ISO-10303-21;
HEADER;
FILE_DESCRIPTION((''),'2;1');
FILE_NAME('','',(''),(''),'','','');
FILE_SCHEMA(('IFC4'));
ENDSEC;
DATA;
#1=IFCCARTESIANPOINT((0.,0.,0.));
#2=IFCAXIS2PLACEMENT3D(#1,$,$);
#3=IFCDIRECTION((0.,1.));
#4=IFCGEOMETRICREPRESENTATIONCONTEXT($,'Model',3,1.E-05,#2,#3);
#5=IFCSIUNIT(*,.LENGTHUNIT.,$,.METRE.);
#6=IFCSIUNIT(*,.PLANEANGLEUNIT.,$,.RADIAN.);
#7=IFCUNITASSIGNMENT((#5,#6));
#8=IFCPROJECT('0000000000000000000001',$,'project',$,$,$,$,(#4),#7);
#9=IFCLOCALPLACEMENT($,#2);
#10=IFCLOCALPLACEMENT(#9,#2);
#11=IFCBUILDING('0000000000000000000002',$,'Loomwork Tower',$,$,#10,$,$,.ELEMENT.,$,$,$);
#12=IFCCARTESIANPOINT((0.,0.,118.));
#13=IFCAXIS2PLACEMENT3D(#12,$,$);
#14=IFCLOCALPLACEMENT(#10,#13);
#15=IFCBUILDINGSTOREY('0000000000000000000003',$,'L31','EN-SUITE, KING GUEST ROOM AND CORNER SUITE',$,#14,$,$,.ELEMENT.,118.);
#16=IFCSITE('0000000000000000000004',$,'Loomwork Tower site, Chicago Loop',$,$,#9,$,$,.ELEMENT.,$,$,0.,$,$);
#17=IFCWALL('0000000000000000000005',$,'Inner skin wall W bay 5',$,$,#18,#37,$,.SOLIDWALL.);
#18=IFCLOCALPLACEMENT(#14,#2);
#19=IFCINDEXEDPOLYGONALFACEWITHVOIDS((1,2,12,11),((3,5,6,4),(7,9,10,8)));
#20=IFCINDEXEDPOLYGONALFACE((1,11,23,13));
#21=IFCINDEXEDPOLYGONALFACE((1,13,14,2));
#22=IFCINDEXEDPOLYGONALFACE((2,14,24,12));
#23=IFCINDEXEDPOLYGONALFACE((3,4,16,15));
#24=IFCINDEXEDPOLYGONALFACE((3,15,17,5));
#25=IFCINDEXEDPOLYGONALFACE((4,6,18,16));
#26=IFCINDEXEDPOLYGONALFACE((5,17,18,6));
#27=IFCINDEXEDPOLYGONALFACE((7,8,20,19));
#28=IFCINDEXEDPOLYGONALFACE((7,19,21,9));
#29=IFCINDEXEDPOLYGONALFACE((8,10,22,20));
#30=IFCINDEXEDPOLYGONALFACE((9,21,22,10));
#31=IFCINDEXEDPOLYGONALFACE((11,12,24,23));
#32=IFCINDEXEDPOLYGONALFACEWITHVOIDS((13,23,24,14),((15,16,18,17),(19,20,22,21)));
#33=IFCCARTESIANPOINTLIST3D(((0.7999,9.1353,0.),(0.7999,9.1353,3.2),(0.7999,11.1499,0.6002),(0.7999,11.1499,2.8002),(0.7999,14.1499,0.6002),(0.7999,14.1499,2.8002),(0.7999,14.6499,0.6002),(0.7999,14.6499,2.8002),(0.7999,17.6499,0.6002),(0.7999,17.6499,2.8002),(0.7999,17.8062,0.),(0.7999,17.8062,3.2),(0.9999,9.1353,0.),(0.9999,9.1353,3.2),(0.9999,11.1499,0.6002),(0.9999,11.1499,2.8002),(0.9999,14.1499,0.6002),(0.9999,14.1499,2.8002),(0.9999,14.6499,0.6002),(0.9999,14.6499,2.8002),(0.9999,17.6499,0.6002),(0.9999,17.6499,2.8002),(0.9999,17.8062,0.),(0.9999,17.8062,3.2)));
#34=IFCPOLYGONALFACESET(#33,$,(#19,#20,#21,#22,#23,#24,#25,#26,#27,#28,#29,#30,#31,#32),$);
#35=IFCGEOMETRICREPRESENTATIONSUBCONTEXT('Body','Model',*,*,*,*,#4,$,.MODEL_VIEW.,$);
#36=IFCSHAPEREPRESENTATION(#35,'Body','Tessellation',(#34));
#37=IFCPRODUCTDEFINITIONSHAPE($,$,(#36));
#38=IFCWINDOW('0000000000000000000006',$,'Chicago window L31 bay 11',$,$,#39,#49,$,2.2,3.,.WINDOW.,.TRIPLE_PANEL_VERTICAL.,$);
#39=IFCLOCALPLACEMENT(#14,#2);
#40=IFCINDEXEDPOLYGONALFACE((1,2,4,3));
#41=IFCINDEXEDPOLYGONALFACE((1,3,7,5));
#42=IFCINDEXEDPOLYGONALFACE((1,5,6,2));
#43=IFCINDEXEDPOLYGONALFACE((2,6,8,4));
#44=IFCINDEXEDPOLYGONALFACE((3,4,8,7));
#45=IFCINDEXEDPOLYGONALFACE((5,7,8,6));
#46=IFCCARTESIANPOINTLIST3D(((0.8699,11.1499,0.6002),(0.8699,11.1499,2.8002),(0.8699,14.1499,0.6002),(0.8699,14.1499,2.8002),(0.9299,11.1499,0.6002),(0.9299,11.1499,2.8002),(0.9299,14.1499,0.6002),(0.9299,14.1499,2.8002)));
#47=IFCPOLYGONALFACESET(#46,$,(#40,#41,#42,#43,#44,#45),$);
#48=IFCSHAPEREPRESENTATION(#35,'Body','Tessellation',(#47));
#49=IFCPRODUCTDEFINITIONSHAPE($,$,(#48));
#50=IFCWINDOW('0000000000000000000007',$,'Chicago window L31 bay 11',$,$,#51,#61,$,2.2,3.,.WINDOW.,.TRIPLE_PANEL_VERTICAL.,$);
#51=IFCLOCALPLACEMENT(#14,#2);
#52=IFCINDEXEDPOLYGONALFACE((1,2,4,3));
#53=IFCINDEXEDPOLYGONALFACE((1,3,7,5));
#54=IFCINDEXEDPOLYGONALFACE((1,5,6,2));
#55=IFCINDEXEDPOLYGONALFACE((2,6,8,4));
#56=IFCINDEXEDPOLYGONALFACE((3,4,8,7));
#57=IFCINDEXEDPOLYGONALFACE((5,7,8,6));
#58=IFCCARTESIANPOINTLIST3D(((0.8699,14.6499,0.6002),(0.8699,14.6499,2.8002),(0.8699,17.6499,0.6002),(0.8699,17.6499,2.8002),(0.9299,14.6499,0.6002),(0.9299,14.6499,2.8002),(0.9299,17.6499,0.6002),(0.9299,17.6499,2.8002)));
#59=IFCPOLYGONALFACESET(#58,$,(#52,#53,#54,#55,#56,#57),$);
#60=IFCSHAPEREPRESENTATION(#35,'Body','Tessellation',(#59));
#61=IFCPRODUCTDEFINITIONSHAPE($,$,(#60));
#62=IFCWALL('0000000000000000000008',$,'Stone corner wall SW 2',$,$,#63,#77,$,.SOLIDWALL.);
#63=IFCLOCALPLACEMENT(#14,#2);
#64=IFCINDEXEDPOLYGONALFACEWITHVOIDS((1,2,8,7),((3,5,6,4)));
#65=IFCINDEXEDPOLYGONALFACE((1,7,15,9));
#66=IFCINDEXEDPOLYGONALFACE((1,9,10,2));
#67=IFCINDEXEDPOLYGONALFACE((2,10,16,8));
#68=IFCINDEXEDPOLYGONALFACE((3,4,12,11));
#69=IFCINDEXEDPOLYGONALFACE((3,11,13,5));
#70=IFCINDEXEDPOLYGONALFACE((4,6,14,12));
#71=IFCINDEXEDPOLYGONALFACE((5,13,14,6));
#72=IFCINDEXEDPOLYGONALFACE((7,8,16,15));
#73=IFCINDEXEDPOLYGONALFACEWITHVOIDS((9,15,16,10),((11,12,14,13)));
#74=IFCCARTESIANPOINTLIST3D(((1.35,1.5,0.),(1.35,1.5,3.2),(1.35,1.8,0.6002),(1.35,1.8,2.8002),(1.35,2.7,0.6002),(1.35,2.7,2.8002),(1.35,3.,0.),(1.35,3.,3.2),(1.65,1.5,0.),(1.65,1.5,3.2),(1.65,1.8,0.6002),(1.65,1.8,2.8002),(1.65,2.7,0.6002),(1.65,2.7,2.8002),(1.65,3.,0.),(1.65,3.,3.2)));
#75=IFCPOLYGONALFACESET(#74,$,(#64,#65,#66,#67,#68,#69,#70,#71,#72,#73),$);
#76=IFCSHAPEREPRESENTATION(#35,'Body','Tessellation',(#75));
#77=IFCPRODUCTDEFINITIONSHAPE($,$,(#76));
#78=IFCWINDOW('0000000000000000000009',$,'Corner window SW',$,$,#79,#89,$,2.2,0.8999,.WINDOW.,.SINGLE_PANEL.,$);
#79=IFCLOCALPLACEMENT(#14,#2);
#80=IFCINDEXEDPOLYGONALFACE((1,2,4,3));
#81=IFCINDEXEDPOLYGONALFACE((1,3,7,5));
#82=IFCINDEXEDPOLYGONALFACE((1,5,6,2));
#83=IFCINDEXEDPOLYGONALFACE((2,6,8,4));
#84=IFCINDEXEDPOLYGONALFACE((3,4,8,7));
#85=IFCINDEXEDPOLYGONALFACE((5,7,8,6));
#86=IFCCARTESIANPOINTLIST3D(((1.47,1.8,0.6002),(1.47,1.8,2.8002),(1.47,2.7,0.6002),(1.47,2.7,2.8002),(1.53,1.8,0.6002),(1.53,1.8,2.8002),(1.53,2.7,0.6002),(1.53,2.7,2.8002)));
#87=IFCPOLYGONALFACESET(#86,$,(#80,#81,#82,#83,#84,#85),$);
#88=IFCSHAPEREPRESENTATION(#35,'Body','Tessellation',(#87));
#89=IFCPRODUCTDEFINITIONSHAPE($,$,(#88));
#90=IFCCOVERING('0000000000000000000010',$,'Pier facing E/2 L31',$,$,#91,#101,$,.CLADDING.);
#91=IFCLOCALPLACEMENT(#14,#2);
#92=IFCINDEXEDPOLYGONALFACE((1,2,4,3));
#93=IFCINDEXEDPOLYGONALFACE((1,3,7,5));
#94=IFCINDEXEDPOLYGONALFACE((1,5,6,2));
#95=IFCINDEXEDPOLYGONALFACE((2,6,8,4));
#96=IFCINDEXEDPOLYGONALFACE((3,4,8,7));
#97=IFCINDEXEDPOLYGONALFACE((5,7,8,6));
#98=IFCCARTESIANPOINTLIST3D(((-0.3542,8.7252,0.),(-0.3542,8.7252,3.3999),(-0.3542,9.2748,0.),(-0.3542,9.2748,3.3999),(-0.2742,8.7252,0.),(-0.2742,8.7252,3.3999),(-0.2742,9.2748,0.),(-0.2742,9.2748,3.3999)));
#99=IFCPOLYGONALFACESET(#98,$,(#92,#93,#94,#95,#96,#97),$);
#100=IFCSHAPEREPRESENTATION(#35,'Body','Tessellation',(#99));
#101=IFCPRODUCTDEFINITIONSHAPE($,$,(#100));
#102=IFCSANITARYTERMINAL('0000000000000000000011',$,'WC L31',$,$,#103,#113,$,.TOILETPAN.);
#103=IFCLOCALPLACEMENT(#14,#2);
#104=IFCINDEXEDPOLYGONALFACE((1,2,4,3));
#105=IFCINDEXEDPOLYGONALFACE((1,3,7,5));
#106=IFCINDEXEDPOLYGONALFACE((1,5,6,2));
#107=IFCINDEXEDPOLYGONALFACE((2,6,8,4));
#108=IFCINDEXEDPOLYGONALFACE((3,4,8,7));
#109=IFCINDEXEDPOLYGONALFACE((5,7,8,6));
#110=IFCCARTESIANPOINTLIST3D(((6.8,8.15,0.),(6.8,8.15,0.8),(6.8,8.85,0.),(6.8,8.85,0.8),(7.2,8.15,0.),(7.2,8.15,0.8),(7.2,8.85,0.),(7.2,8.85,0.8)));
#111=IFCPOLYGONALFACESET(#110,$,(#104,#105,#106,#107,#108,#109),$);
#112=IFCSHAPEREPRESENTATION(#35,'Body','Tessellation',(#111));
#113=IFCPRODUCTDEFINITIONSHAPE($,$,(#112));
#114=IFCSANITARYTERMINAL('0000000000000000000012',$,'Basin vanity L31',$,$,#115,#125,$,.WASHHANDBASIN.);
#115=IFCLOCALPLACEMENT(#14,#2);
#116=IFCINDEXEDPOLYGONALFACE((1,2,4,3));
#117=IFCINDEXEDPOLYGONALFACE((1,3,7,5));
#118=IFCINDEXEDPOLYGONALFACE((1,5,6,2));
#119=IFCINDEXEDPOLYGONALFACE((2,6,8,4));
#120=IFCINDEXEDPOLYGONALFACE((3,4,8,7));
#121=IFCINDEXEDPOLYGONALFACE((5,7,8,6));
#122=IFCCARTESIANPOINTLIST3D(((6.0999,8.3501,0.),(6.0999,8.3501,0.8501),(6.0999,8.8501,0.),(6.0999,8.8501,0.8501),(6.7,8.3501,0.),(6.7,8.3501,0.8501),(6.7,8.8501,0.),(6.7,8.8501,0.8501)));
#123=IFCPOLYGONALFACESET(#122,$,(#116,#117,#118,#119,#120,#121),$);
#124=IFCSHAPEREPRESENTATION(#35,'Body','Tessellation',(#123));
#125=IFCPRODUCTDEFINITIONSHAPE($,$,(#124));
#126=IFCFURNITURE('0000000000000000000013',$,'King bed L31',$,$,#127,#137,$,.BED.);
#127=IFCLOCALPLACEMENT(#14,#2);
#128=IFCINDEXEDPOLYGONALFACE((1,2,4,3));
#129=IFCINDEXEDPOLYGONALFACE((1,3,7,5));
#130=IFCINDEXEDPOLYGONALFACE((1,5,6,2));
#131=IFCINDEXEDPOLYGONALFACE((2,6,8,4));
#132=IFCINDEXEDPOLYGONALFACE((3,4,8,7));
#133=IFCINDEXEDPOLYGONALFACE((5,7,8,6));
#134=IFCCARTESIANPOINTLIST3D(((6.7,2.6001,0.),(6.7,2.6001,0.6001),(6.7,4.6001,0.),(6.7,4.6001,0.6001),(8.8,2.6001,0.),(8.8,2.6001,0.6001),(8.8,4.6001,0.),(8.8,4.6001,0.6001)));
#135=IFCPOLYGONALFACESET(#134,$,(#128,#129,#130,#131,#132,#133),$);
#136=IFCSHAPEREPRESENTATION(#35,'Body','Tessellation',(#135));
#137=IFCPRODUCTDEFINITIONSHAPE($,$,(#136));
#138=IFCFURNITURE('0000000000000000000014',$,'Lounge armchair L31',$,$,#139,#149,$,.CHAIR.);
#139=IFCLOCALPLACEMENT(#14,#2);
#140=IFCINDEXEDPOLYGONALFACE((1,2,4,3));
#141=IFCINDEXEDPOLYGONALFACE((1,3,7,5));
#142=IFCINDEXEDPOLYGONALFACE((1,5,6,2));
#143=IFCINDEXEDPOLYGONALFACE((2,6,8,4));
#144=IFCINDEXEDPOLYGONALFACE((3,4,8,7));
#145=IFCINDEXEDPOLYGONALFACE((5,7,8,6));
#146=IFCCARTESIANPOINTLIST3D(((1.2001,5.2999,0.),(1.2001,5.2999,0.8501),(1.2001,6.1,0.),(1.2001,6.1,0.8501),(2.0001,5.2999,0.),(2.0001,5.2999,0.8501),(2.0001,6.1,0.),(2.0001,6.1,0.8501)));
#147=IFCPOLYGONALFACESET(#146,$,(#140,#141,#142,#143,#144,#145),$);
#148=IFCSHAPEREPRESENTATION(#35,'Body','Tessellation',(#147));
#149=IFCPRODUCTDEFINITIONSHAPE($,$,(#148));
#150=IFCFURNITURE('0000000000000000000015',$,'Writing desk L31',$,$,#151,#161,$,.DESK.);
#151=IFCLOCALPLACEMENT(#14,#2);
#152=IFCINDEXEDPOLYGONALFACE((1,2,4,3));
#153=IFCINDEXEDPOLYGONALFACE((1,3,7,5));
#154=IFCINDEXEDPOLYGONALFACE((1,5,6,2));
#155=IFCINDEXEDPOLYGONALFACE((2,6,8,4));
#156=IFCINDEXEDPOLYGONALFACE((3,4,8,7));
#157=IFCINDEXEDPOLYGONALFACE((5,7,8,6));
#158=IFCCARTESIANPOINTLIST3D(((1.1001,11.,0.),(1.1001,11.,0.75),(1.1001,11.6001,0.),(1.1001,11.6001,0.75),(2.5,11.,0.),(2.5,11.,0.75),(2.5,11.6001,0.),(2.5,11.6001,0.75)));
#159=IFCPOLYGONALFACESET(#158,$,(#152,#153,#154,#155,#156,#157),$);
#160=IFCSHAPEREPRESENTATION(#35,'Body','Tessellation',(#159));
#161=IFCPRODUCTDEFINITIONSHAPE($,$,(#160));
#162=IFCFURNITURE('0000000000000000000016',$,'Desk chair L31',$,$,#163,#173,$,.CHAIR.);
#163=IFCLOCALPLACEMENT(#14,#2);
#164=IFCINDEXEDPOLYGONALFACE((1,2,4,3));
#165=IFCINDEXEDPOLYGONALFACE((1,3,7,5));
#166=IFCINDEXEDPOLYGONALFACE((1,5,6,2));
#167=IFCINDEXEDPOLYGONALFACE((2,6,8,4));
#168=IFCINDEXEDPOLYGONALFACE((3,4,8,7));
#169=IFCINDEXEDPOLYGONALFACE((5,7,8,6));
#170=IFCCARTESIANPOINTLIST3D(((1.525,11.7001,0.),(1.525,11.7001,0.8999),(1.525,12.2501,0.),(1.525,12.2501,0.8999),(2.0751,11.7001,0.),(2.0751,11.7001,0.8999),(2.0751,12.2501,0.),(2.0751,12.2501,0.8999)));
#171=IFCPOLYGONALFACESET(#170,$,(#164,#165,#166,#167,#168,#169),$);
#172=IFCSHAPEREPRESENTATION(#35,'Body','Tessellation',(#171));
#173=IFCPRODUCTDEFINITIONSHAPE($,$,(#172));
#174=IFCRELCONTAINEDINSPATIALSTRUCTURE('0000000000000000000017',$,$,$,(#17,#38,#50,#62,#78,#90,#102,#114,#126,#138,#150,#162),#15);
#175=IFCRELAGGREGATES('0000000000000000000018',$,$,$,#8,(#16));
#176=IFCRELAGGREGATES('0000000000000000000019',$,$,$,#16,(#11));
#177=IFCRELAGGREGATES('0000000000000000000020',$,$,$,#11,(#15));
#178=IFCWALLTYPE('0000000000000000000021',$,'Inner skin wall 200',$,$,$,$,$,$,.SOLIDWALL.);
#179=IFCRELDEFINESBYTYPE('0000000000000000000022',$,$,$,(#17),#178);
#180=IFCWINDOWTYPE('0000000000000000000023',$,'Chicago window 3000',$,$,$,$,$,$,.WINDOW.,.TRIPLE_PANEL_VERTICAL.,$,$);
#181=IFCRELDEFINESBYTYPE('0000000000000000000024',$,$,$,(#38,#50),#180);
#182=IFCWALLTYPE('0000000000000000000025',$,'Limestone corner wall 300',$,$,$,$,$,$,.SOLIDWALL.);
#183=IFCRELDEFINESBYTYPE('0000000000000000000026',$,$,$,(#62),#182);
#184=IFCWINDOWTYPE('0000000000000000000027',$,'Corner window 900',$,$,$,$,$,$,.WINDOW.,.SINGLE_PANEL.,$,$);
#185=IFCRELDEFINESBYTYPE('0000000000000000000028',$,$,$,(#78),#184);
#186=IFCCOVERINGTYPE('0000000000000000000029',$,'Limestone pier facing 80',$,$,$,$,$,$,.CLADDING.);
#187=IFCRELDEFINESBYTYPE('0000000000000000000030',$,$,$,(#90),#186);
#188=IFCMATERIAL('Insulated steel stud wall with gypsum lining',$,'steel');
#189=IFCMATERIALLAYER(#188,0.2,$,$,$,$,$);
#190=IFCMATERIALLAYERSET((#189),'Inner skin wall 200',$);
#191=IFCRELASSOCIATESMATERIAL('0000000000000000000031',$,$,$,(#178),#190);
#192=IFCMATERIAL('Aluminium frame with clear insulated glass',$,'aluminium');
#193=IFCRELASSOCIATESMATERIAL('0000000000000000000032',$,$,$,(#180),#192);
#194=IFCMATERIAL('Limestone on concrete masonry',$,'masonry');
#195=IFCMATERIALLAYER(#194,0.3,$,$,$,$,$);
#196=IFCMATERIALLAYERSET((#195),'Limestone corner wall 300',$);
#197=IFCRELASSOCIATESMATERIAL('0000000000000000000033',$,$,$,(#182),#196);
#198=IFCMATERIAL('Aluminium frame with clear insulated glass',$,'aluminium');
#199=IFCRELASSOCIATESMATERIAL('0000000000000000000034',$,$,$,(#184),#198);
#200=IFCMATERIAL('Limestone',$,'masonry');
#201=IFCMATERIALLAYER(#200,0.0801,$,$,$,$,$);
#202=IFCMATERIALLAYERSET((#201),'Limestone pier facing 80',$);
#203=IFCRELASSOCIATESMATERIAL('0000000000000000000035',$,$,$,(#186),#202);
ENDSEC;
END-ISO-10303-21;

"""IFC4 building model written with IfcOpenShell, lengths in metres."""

from ifc_helpers import new_model, si_unit, direction, frame, frame_2d, origin, origin_2d, place, context, subcontext, project, spatial, rectangle, extrude, material, layer, layer_set, type_object, element, fill, save


model = new_model("IFC4")

# Units and contexts
model_context = context("Model", 3, precision=1e-05, world=origin(), true_north=direction((0.0, 1.0)))
body_context = subcontext(model_context, "Body", "Model", "MODEL_VIEW")
ifc_project = project(units=[si_unit("LENGTHUNIT", "METRE"), si_unit("PLANEANGLEUNIT", "RADIAN")], contexts=[model_context])

# Site, building, storey
site_placement = place(None, origin())
site = spatial("IfcSite", under=ifc_project, at=site_placement, Name="Loomwork Tower site, Chicago Loop", CompositionType="ELEMENT", RefElevation=0.0)
building_placement = place(site_placement, origin())
building = spatial("IfcBuilding", under=site, at=building_placement, Name="Loomwork Tower", CompositionType="ELEMENT")
storey_placement = place(building_placement, frame((0.0, 0.0, 118.0)))
storey = spatial("IfcBuildingStorey", under=building, at=storey_placement, Name="L31", Description="EN-SUITE, KING GUEST ROOM AND CORNER SUITE", CompositionType="ELEMENT", Elevation=118.0)

# Shared definitions
ifc_material_1 = material(Name="Insulated steel stud wall with gypsum lining", Category="steel")
ifc_layer_1 = layer(ifc_material_1, 0.2)
ifc_layer_set_1 = layer_set([ifc_layer_1], Name="Inner skin wall 200")
wall_type_1 = type_object("IfcWallType", Name="Inner skin wall 200", PredefinedType="SOLIDWALL", material=ifc_layer_set_1)

# Wall, openings, windows
wall_1_placement = place(storey_placement, frame((0.8999, 9.1353, 0.0), z_axis=(0.0, 0.0, 1.0), x_axis=(0.0, 1.0, 0.0)))
wall_1 = element("IfcWall", 1, at=wall_1_placement, inside=storey, type_object=wall_type_1, Name="Inner skin wall W bay 5", PredefinedType="SOLIDWALL", context=body_context, shape_type="SweptSolid", body=[
    extrude(rectangle(XDim=8.6709, YDim=0.2, at=frame_2d((4.3354, 0.0))), origin(), (0.0, 0.0, 1.0), 3.2),
])
opening_1_placement = place(wall_1_placement, frame((2.0146, 0.0, 0.6001)))
opening_1 = element("IfcOpeningElement", 2, at=opening_1_placement, cuts=wall_1, PredefinedType="OPENING", context=body_context, shape_type="SweptSolid", body=[
    extrude(rectangle(XDim=3.0, YDim=2.2, at=frame_2d((1.5, 1.1001))), frame((0.0, 0.1099, 0.0), z_axis=(0.0, -1.0, 0.0), x_axis=(1.0, 0.0, 0.0)), (0.0, 0.0, 1.0), 0.22),
])
opening_2_placement = place(wall_1_placement, frame((5.5146, 0.0, 0.6001)))
opening_2 = element("IfcOpeningElement", 3, at=opening_2_placement, cuts=wall_1, PredefinedType="OPENING", context=body_context, shape_type="SweptSolid", body=[
    extrude(rectangle(XDim=3.0, YDim=2.2, at=frame_2d((1.5, 1.1001))), frame((0.0, 0.1099, 0.0), z_axis=(0.0, -1.0, 0.0), x_axis=(1.0, 0.0, 0.0)), (0.0, 0.0, 1.0), 0.22),
])
ifc_material_2 = material(Name="Aluminium frame with clear insulated glass", Category="aluminium")
window_type_1 = type_object("IfcWindowType", Name="Chicago window 3000", PartitioningType="TRIPLE_PANEL_VERTICAL", PredefinedType="WINDOW", material=ifc_material_2)
window_1_placement = place(opening_1_placement, origin())
window_1 = element("IfcWindow", 4, at=window_1_placement, inside=storey, type_object=window_type_1, Name="Chicago window L31 bay 11", OverallHeight=2.2, OverallWidth=3.0, PartitioningType="TRIPLE_PANEL_VERTICAL", PredefinedType="WINDOW", context=body_context, shape_type="SweptSolid", body=[
    extrude(rectangle(XDim=3.0, YDim=2.2, at=frame_2d((1.5, 1.1001))), frame((0.0, 0.03, 0.0), z_axis=(0.0, -1.0, 0.0), x_axis=(1.0, 0.0, 0.0)), (0.0, 0.0, 1.0), 0.0601),
])
fill(opening_1, window_1)
window_2_placement = place(opening_2_placement, origin())
window_2 = element("IfcWindow", 5, at=window_2_placement, inside=storey, type_object=window_type_1, Name="Chicago window L31 bay 11", OverallHeight=2.2, OverallWidth=3.0, PartitioningType="TRIPLE_PANEL_VERTICAL", PredefinedType="WINDOW", context=body_context, shape_type="SweptSolid", body=[
    extrude(rectangle(XDim=3.0, YDim=2.2, at=frame_2d((1.5, 1.1001))), frame((0.0, 0.03, 0.0), z_axis=(0.0, -1.0, 0.0), x_axis=(1.0, 0.0, 0.0)), (0.0, 0.0, 1.0), 0.0601),
])
fill(opening_2, window_2)

# Wall, opening, window
ifc_material_3 = material(Name="Limestone on concrete masonry", Category="masonry")
ifc_layer_2 = layer(ifc_material_3, 0.3)
ifc_layer_set_2 = layer_set([ifc_layer_2], Name="Limestone corner wall 300")
wall_type_2 = type_object("IfcWallType", Name="Limestone corner wall 300", PredefinedType="SOLIDWALL", material=ifc_layer_set_2)
wall_2_placement = place(storey_placement, frame((1.5, 3.0, 0.0), z_axis=(0.0, 0.0, 1.0), x_axis=(0.0, -1.0, 0.0)))
wall_2 = element("IfcWall", 6, at=wall_2_placement, inside=storey, type_object=wall_type_2, Name="Stone corner wall SW 2", PredefinedType="SOLIDWALL", context=body_context, shape_type="SweptSolid", body=[
    extrude(rectangle(XDim=1.5, YDim=0.3, at=frame_2d((0.75, 0.0))), origin(), (0.0, 0.0, 1.0), 3.2),
])
opening_3_placement = place(wall_2_placement, frame((0.3, 0.0, 0.6001)))
opening_3 = element("IfcOpeningElement", 7, at=opening_3_placement, cuts=wall_2, PredefinedType="OPENING", context=body_context, shape_type="SweptSolid", body=[
    extrude(rectangle(XDim=0.8999, YDim=2.2, at=frame_2d((0.45, 1.1001))), frame((0.0, 0.1599, 0.0), z_axis=(0.0, -1.0, 0.0), x_axis=(1.0, 0.0, 0.0)), (0.0, 0.0, 1.0), 0.3201),
])
ifc_material_4 = material(Name="Aluminium frame with clear insulated glass", Category="aluminium")
window_type_2 = type_object("IfcWindowType", Name="Corner window 900", PartitioningType="SINGLE_PANEL", PredefinedType="WINDOW", material=ifc_material_4)
window_3_placement = place(opening_3_placement, origin())
window_3 = element("IfcWindow", 8, at=window_3_placement, inside=storey, type_object=window_type_2, Name="Corner window SW", OverallHeight=2.2, OverallWidth=0.8999, PartitioningType="SINGLE_PANEL", PredefinedType="WINDOW", context=body_context, shape_type="SweptSolid", body=[
    extrude(rectangle(XDim=0.8999, YDim=2.2, at=frame_2d((0.45, 1.1001))), frame((0.0, 0.03, 0.0), z_axis=(0.0, -1.0, 0.0), x_axis=(1.0, 0.0, 0.0)), (0.0, 0.0, 1.0), 0.0601),
])
fill(opening_3, window_3)

# Covering
ifc_material_5 = material(Name="Limestone", Category="masonry")
ifc_layer_3 = layer(ifc_material_5, 0.0801)
ifc_layer_set_3 = layer_set([ifc_layer_3], Name="Limestone pier facing 80")
covering_type = type_object("IfcCoveringType", Name="Limestone pier facing 80", PredefinedType="CLADDING", material=ifc_layer_set_3)
covering_placement = place(storey_placement, frame((-0.3142, 9.0, 0.0), z_axis=(0.0, 0.0, 1.0), x_axis=(1.0, 0.0, 0.0)))
element("IfcCovering", 9, at=covering_placement, inside=storey, type_object=covering_type, Name="Pier facing E/2 L31", PredefinedType="CLADDING", context=body_context, shape_type="SweptSolid", body=[
    extrude(rectangle(XDim=0.0801, YDim=0.5496, at=origin_2d()), origin(), (0.0, 0.0, 1.0), 3.3999),
])

# Sanitary terminals
sanitary_terminal_1_placement = place(storey_placement, frame((7.0, 8.5, 0.0), z_axis=(0.0, 0.0, 1.0), x_axis=(1.0, 0.0, 0.0)))
element("IfcSanitaryTerminal", 10, at=sanitary_terminal_1_placement, inside=storey, Name="WC L31", PredefinedType="TOILETPAN", context=body_context, shape_type="SweptSolid", body=[
    extrude(rectangle(XDim=0.3999, YDim=0.7, at=origin_2d()), origin(), (0.0, 0.0, 1.0), 0.8),
])
sanitary_terminal_2_placement = place(storey_placement, frame((6.3999, 8.6001, 0.0), z_axis=(0.0, 0.0, 1.0), x_axis=(1.0, 0.0, 0.0)))
element("IfcSanitaryTerminal", 11, at=sanitary_terminal_2_placement, inside=storey, Name="Basin vanity L31", PredefinedType="WASHHANDBASIN", context=body_context, shape_type="SweptSolid", body=[
    extrude(rectangle(XDim=0.6001, YDim=0.5, at=origin_2d()), origin(), (0.0, 0.0, 1.0), 0.8501),
])

# Furniture
furniture_1_placement = place(storey_placement, frame((7.75, 3.6001, 0.0), z_axis=(0.0, 0.0, 1.0), x_axis=(1.0, 0.0, 0.0)))
element("IfcFurniture", 12, at=furniture_1_placement, inside=storey, Name="King bed L31", PredefinedType="BED", context=body_context, shape_type="SweptSolid", body=[
    extrude(rectangle(XDim=2.1001, YDim=2.0, at=origin_2d()), origin(), (0.0, 0.0, 1.0), 0.6001),
])
furniture_2_placement = place(storey_placement, frame((1.6001, 5.7, 0.0), z_axis=(0.0, 0.0, 1.0), x_axis=(1.0, 0.0, 0.0)))
element("IfcFurniture", 13, at=furniture_2_placement, inside=storey, Name="Lounge armchair L31", PredefinedType="CHAIR", context=body_context, shape_type="SweptSolid", body=[
    extrude(rectangle(XDim=0.8, YDim=0.8, at=origin_2d()), origin(), (0.0, 0.0, 1.0), 0.8501),
])
furniture_3_placement = place(storey_placement, frame((1.8, 11.3, 0.0), z_axis=(0.0, 0.0, 1.0), x_axis=(1.0, 0.0, 0.0)))
element("IfcFurniture", 14, at=furniture_3_placement, inside=storey, Name="Writing desk L31", PredefinedType="DESK", context=body_context, shape_type="SweptSolid", body=[
    extrude(rectangle(XDim=1.3999, YDim=0.6001, at=origin_2d()), origin(), (0.0, 0.0, 1.0), 0.75),
])
furniture_4_placement = place(storey_placement, frame((1.8, 11.9751, 0.0), z_axis=(0.0, 0.0, 1.0), x_axis=(1.0, 0.0, 0.0)))
element("IfcFurniture", 15, at=furniture_4_placement, inside=storey, Name="Desk chair L31", PredefinedType="CHAIR", context=body_context, shape_type="SweptSolid", body=[
    extrude(rectangle(XDim=0.55, YDim=0.55, at=origin_2d()), origin(), (0.0, 0.0, 1.0), 0.8999),
])

save(model, "model.ifc")
